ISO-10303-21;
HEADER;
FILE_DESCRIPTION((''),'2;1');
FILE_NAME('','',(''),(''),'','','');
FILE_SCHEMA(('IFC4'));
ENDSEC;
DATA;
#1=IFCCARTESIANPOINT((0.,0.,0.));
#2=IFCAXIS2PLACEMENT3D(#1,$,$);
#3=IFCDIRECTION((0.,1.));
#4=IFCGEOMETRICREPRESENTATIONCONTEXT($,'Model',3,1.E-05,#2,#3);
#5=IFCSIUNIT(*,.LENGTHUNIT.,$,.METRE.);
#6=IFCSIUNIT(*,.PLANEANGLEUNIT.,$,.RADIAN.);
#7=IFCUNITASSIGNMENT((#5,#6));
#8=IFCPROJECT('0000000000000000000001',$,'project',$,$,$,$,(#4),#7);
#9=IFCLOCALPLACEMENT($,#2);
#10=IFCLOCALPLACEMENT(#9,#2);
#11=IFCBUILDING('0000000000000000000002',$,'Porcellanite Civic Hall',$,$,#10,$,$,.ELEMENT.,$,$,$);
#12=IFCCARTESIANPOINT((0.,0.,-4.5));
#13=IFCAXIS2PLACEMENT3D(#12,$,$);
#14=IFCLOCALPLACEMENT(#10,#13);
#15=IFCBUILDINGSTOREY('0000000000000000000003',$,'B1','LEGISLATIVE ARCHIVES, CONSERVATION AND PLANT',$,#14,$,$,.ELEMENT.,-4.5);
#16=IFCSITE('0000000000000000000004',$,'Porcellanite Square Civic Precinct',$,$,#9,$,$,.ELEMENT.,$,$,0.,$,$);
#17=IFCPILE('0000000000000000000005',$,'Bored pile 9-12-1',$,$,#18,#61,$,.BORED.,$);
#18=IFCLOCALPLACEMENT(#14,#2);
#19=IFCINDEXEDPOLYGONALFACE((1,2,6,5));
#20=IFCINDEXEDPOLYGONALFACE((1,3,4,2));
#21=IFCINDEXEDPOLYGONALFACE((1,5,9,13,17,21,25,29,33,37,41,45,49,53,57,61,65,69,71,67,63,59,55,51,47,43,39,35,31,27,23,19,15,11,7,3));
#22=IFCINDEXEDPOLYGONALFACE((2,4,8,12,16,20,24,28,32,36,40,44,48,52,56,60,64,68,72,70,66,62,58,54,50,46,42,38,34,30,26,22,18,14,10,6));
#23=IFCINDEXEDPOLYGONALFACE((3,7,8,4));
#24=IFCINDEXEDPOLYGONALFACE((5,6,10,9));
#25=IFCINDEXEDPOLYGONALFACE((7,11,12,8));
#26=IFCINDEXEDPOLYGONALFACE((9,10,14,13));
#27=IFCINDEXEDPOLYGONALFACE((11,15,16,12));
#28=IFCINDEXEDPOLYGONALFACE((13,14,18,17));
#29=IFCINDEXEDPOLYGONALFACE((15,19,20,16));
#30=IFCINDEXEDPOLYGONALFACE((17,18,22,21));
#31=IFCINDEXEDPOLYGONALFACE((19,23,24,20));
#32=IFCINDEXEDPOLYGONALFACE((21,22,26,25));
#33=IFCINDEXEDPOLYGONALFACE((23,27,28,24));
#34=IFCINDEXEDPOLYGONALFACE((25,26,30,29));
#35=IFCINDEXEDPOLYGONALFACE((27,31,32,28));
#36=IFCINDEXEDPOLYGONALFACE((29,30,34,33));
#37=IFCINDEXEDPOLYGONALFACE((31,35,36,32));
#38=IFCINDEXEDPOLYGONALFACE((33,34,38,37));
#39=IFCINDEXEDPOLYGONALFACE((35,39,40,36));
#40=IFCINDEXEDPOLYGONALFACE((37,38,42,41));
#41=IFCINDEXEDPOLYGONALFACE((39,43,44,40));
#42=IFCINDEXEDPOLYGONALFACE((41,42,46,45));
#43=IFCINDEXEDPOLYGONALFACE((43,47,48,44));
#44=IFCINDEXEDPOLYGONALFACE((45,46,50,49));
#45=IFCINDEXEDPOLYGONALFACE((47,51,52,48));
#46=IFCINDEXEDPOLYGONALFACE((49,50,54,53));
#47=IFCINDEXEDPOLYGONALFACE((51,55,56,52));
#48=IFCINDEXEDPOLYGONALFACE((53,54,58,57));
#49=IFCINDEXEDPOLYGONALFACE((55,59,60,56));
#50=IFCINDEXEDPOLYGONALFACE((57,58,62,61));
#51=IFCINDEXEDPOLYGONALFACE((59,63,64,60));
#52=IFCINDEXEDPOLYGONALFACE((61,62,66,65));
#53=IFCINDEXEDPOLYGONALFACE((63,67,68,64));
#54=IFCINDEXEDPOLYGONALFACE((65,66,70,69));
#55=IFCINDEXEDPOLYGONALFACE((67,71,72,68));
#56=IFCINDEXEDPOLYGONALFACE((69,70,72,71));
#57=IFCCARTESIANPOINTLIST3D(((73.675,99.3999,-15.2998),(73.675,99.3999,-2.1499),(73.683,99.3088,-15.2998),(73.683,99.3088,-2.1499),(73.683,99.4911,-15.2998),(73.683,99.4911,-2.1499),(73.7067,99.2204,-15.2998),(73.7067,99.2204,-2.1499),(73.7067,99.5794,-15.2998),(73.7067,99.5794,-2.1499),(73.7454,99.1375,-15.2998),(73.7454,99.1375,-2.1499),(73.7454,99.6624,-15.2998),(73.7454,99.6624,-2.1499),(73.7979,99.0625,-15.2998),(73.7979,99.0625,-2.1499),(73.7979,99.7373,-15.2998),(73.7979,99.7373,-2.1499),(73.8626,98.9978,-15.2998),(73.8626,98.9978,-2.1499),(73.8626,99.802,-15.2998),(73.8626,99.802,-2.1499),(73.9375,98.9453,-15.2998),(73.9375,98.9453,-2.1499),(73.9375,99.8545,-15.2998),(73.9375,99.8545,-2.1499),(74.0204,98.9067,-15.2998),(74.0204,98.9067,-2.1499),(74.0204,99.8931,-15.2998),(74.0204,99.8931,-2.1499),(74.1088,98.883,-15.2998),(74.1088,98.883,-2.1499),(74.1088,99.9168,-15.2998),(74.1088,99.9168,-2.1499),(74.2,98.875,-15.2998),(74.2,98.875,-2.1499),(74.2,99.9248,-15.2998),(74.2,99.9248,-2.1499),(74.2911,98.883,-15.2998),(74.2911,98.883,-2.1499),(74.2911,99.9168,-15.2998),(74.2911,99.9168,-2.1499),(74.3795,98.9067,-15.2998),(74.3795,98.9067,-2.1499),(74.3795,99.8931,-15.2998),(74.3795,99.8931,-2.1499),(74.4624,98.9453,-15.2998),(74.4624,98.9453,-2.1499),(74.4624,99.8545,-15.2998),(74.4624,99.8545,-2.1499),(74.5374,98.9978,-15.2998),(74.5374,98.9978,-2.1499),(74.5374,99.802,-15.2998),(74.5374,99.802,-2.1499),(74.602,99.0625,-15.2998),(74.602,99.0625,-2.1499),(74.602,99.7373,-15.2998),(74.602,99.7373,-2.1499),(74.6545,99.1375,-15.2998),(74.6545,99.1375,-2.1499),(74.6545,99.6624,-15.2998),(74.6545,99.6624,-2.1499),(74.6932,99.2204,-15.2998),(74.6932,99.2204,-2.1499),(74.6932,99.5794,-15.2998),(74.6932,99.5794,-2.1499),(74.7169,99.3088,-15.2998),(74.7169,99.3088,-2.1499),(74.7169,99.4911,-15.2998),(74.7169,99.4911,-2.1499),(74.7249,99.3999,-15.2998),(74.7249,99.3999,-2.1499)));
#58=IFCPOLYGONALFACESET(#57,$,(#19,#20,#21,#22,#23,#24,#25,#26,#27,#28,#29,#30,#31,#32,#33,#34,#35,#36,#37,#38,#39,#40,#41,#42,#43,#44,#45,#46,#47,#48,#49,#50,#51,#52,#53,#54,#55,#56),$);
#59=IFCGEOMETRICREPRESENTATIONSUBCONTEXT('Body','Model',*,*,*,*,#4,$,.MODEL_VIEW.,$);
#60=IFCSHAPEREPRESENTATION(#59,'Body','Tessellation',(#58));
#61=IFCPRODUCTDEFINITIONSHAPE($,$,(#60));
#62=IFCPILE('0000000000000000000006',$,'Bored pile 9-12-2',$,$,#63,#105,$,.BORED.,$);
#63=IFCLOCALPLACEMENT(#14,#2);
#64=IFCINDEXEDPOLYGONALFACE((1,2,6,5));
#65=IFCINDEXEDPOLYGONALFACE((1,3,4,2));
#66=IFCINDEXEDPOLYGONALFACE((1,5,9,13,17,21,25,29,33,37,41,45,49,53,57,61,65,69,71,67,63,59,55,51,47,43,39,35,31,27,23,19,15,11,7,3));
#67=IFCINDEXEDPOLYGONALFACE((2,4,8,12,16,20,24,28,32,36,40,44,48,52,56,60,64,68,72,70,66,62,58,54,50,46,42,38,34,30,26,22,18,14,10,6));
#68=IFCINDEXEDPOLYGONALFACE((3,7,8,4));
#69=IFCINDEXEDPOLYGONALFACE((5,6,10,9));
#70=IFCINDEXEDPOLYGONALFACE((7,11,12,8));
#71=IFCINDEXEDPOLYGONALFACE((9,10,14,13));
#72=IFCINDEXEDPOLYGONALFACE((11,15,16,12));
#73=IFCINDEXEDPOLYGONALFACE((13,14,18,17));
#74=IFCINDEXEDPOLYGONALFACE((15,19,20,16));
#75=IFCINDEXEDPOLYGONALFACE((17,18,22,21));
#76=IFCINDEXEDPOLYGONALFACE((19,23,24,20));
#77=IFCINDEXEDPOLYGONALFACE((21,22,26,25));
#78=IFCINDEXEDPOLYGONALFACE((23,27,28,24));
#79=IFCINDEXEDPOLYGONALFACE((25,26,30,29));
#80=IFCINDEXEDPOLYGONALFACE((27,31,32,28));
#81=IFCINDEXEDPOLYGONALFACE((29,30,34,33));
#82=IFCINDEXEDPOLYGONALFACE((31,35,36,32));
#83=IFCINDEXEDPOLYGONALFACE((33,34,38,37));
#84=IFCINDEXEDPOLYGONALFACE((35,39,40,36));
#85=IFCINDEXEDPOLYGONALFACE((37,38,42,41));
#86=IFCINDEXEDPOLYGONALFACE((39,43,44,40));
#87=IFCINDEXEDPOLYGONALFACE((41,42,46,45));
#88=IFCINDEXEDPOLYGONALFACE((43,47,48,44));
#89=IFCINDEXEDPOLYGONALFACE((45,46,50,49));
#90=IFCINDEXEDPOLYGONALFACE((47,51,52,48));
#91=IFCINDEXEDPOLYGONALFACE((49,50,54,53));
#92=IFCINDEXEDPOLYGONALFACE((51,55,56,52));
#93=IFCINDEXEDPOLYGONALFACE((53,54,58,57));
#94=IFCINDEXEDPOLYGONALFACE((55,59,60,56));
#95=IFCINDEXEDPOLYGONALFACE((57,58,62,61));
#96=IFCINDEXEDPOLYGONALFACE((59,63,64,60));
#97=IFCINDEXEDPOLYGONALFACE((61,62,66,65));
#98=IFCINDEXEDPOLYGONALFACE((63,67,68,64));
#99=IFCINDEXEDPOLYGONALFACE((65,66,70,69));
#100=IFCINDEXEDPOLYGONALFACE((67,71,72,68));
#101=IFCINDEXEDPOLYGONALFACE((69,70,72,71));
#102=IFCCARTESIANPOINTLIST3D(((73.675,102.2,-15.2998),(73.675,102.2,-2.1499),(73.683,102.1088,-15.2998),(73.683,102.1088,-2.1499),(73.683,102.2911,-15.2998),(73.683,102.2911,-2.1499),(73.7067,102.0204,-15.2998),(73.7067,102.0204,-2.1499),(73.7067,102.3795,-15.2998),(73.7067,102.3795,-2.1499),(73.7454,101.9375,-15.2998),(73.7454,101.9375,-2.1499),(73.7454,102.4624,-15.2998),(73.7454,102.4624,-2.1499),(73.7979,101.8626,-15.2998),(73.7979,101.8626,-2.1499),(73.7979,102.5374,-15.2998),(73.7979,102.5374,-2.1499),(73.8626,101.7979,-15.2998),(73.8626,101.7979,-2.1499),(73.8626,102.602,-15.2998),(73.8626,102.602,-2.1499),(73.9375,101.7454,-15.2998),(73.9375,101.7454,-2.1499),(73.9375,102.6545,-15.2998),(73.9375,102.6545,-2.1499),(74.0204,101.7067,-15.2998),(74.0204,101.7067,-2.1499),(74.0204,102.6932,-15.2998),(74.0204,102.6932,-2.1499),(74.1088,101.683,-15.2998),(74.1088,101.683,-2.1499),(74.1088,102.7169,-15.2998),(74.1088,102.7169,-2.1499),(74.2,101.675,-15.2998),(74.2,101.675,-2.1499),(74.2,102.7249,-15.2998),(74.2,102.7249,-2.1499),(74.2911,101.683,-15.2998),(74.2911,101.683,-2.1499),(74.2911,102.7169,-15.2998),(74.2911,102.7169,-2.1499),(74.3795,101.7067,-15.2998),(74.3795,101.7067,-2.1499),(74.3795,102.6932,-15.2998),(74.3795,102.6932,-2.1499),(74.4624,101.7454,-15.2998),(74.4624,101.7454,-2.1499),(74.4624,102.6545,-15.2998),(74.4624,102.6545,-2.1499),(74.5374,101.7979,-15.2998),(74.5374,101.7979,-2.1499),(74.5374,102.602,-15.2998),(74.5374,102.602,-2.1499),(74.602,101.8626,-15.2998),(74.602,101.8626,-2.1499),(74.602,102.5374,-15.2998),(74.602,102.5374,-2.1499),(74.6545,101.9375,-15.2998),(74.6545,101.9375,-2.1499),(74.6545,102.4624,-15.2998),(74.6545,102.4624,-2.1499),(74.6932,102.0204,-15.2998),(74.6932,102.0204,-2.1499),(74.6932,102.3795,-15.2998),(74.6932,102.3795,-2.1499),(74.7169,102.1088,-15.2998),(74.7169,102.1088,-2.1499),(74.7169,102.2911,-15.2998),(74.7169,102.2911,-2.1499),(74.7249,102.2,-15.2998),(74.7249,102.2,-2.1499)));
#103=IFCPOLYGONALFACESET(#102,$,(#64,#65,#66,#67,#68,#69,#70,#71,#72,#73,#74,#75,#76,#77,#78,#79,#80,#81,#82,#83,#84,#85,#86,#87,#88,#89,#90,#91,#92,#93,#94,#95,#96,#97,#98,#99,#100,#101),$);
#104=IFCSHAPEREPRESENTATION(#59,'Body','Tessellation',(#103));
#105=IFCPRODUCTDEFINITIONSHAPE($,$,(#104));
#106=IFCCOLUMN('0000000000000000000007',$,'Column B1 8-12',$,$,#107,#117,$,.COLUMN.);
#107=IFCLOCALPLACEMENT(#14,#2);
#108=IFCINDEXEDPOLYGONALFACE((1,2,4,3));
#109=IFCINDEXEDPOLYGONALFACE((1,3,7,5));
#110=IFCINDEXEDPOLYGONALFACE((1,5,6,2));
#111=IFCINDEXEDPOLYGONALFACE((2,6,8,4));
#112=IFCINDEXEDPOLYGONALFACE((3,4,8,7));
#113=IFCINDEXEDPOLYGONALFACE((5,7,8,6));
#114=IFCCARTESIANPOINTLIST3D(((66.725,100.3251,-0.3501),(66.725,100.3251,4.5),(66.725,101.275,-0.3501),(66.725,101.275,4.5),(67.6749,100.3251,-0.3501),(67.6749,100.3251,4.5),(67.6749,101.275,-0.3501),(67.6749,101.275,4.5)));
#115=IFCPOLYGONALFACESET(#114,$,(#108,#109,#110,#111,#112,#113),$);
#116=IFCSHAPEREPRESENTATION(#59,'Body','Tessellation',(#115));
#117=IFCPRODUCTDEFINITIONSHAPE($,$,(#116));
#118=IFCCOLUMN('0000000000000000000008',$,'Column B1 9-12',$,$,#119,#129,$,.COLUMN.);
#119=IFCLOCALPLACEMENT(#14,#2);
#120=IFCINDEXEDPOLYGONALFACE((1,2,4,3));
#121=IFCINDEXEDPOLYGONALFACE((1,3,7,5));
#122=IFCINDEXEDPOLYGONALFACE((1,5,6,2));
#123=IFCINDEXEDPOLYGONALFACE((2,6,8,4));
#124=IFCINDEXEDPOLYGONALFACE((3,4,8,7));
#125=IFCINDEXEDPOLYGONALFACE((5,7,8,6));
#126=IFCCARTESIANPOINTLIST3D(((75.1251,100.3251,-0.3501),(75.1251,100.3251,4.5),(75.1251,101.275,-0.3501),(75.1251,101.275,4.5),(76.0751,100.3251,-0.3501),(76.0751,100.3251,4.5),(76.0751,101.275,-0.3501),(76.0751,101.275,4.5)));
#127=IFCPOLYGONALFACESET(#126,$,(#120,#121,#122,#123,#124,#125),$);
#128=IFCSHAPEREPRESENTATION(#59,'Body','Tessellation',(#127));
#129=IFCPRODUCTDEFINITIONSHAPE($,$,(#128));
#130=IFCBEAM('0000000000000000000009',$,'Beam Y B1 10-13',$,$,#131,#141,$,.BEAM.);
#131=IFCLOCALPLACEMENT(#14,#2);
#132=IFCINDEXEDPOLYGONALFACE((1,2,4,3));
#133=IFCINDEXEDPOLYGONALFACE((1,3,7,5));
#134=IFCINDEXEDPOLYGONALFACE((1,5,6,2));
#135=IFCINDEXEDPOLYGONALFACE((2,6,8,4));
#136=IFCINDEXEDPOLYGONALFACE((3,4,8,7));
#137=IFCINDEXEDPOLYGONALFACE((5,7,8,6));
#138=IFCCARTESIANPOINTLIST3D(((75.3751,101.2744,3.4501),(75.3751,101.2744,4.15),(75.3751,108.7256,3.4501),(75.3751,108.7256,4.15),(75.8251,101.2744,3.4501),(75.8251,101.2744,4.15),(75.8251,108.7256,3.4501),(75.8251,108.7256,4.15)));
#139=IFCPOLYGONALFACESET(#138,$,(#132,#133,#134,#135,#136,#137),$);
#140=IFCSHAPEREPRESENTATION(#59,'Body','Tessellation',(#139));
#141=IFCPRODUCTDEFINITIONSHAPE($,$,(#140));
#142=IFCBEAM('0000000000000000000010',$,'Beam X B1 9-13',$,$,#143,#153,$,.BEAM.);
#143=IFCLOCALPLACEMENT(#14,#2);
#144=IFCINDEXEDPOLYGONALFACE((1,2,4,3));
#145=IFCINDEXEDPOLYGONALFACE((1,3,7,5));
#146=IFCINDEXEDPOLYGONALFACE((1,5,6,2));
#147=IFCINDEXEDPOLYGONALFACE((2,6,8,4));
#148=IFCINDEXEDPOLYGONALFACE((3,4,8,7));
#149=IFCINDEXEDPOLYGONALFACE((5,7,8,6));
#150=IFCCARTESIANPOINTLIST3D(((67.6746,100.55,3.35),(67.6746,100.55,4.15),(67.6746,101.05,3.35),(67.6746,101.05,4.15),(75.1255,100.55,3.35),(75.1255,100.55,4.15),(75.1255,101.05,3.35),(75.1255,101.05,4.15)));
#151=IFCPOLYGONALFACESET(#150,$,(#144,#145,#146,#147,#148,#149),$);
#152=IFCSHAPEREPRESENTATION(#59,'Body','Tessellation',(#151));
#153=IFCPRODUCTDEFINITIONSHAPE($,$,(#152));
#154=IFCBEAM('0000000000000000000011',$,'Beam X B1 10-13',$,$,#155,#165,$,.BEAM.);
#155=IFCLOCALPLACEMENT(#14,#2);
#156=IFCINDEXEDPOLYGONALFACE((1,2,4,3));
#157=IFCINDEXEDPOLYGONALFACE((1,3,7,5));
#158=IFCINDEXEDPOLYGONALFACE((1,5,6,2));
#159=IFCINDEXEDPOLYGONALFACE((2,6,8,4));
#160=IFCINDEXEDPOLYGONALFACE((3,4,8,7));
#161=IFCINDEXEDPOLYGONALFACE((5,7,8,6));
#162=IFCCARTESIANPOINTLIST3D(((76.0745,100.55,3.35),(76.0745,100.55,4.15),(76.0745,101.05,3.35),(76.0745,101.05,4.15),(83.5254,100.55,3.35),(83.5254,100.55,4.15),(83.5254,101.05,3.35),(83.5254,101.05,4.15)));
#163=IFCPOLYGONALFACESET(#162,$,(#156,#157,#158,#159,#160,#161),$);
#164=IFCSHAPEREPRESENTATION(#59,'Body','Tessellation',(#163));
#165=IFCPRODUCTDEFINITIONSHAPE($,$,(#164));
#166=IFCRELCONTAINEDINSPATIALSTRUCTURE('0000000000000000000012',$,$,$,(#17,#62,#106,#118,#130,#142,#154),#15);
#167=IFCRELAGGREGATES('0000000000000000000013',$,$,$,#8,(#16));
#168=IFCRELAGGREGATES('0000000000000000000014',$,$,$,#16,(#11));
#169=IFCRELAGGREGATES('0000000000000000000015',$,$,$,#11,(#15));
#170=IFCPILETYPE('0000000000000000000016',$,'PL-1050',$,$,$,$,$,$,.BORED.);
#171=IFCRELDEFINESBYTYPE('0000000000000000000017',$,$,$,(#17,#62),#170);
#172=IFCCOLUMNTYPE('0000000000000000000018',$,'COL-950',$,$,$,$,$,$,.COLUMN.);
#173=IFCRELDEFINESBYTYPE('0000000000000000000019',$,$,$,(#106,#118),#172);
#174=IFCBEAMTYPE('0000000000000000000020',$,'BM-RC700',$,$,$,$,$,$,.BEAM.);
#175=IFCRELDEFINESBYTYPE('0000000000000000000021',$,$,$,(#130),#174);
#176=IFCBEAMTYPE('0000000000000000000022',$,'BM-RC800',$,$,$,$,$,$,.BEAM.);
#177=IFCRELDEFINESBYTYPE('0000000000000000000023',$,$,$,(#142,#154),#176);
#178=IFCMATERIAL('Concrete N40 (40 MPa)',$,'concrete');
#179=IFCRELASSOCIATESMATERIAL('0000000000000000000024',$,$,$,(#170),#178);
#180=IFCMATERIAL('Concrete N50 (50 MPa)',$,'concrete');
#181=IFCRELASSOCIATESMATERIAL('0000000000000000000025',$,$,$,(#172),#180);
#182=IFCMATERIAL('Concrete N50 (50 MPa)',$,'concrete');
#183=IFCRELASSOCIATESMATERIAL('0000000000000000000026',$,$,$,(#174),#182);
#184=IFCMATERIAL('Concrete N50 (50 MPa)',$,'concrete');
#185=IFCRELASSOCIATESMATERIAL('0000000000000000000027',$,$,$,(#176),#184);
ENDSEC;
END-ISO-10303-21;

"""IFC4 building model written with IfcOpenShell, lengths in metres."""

from ifc_helpers import new_model, si_unit, direction, frame, origin, origin_2d, place, context, subcontext, project, spatial, rectangle, circle, extrude, material, material_profile, profile_set, type_object, element, save


model = new_model("IFC4")

# Units and contexts
model_context = context("Model", 3, precision=1e-05, world=origin(), true_north=direction((0.0, 1.0)))
body_context = subcontext(model_context, "Body", "Model", "MODEL_VIEW")
ifc_project = project(units=[si_unit("LENGTHUNIT", "METRE"), si_unit("PLANEANGLEUNIT", "RADIAN")], contexts=[model_context])

# Site, building, storey
site_placement = place(None, origin())
site = spatial("IfcSite", under=ifc_project, at=site_placement, Name="Porcellanite Square Civic Precinct", CompositionType="ELEMENT", RefElevation=0.0)
building_placement = place(site_placement, origin())
building = spatial("IfcBuilding", under=site, at=building_placement, Name="Porcellanite Civic Hall", CompositionType="ELEMENT")
storey_placement = place(building_placement, frame((0.0, 0.0, -4.5)))
storey = spatial("IfcBuildingStorey", under=building, at=storey_placement, Name="B1", Description="LEGISLATIVE ARCHIVES, CONSERVATION AND PLANT", CompositionType="ELEMENT", Elevation=-4.5)

# Piles
ifc_material_1 = material(Name="Concrete N40 (40 MPa)", Category="concrete")
ifc_material_profile_1 = material_profile(ifc_material_1, circle(Radius=0.5249, at=origin_2d()), Name="PILE-D1050")
ifc_profile_set_1 = profile_set([ifc_material_profile_1], Name="Concrete N40 (40 MPa)")
pile_type = type_object("IfcPileType", Name="PL-1050", PredefinedType="BORED", material=ifc_profile_set_1)
for number, where, z_axis, x_axis, name in (
    (1, (74.2, 99.3999, -2.1499), (0.0, 0.0, -1.0), (1.0, 0.0, 0.0), "Bored pile 9-12-1"),
    (2, (74.2, 102.2, -2.1499), (0.0, 0.0, -1.0), (1.0, 0.0, 0.0), "Bored pile 9-12-2"),
):
    element("IfcPile", number, at=place(storey_placement, frame(where, z_axis=z_axis, x_axis=x_axis)), inside=storey, type_object=pile_type, Name=name, PredefinedType="BORED", context=body_context, shape_type="SweptSolid", body=[
        extrude(circle(Radius=0.5249, at=origin_2d()), origin(), (0.0, 0.0, 1.0), 13.1499),
    ])

# Columns
ifc_material_2 = material(Name="Concrete N50 (50 MPa)", Category="concrete")
ifc_material_profile_2 = material_profile(ifc_material_2, rectangle(XDim=0.95, YDim=0.95, at=origin_2d()), Name="RC-950x950")
ifc_profile_set_2 = profile_set([ifc_material_profile_2], Name="Concrete N50 (50 MPa)")
column_type = type_object("IfcColumnType", Name="COL-950", PredefinedType="COLUMN", material=ifc_profile_set_2)
for number, where, z_axis, x_axis, name in (
    (3, (67.2, 100.8, -0.3501), (0.0, 0.0, 1.0), (1.0, 0.0, 0.0), "Column B1 8-12"),
    (4, (75.6001, 100.8, -0.3501), (0.0, 0.0, 1.0), (1.0, 0.0, 0.0), "Column B1 9-12"),
):
    element("IfcColumn", number, at=place(storey_placement, frame(where, z_axis=z_axis, x_axis=x_axis)), inside=storey, type_object=column_type, Name=name, PredefinedType="COLUMN", context=body_context, shape_type="SweptSolid", body=[
        extrude(rectangle(XDim=0.95, YDim=0.95, at=origin_2d()), origin(), (0.0, 0.0, 1.0), 4.8501),
    ])

# Beams
ifc_material_3 = material(Name="Concrete N50 (50 MPa)", Category="concrete")
ifc_material_profile_3 = material_profile(ifc_material_3, rectangle(XDim=0.45, YDim=0.7, at=origin_2d()), Name="RC-450x700")
ifc_profile_set_3 = profile_set([ifc_material_profile_3], Name="Concrete N50 (50 MPa)")
beam_type_1 = type_object("IfcBeamType", Name="BM-RC700", PredefinedType="BEAM", material=ifc_profile_set_3)
beam_1_placement = place(storey_placement, frame((75.6001, 101.2744, 3.8), z_axis=(0.0, 1.0, 0.0), x_axis=(-1.0, 0.0, 0.0)))
element("IfcBeam", 5, at=beam_1_placement, inside=storey, type_object=beam_type_1, Name="Beam Y B1 10-13", PredefinedType="BEAM", context=body_context, shape_type="SweptSolid", body=[
    extrude(rectangle(XDim=0.45, YDim=0.7, at=origin_2d()), origin(), (0.0, 0.0, 1.0), 7.4512),
])
ifc_material_4 = material(Name="Concrete N50 (50 MPa)", Category="concrete")
ifc_material_profile_4 = material_profile(ifc_material_4, rectangle(XDim=0.5, YDim=0.8, at=origin_2d()), Name="RC-500x800")
ifc_profile_set_4 = profile_set([ifc_material_profile_4], Name="Concrete N50 (50 MPa)")
beam_type_2 = type_object("IfcBeamType", Name="BM-RC800", PredefinedType="BEAM", material=ifc_profile_set_4)
for number, where, z_axis, x_axis, name in (
    (6, (67.6746, 100.8, 3.75), (1.0, 0.0, 0.0), (0.0, 1.0, 0.0), "Beam X B1 9-13"),
    (7, (76.0745, 100.8, 3.75), (1.0, 0.0, 0.0), (0.0, 1.0, 0.0), "Beam X B1 10-13"),
):
    element("IfcBeam", number, at=place(storey_placement, frame(where, z_axis=z_axis, x_axis=x_axis)), inside=storey, type_object=beam_type_2, Name=name, PredefinedType="BEAM", context=body_context, shape_type="SweptSolid", body=[
        extrude(rectangle(XDim=0.5, YDim=0.8, at=origin_2d()), origin(), (0.0, 0.0, 1.0), 7.4509),
    ])

save(model, "model.ifc")
